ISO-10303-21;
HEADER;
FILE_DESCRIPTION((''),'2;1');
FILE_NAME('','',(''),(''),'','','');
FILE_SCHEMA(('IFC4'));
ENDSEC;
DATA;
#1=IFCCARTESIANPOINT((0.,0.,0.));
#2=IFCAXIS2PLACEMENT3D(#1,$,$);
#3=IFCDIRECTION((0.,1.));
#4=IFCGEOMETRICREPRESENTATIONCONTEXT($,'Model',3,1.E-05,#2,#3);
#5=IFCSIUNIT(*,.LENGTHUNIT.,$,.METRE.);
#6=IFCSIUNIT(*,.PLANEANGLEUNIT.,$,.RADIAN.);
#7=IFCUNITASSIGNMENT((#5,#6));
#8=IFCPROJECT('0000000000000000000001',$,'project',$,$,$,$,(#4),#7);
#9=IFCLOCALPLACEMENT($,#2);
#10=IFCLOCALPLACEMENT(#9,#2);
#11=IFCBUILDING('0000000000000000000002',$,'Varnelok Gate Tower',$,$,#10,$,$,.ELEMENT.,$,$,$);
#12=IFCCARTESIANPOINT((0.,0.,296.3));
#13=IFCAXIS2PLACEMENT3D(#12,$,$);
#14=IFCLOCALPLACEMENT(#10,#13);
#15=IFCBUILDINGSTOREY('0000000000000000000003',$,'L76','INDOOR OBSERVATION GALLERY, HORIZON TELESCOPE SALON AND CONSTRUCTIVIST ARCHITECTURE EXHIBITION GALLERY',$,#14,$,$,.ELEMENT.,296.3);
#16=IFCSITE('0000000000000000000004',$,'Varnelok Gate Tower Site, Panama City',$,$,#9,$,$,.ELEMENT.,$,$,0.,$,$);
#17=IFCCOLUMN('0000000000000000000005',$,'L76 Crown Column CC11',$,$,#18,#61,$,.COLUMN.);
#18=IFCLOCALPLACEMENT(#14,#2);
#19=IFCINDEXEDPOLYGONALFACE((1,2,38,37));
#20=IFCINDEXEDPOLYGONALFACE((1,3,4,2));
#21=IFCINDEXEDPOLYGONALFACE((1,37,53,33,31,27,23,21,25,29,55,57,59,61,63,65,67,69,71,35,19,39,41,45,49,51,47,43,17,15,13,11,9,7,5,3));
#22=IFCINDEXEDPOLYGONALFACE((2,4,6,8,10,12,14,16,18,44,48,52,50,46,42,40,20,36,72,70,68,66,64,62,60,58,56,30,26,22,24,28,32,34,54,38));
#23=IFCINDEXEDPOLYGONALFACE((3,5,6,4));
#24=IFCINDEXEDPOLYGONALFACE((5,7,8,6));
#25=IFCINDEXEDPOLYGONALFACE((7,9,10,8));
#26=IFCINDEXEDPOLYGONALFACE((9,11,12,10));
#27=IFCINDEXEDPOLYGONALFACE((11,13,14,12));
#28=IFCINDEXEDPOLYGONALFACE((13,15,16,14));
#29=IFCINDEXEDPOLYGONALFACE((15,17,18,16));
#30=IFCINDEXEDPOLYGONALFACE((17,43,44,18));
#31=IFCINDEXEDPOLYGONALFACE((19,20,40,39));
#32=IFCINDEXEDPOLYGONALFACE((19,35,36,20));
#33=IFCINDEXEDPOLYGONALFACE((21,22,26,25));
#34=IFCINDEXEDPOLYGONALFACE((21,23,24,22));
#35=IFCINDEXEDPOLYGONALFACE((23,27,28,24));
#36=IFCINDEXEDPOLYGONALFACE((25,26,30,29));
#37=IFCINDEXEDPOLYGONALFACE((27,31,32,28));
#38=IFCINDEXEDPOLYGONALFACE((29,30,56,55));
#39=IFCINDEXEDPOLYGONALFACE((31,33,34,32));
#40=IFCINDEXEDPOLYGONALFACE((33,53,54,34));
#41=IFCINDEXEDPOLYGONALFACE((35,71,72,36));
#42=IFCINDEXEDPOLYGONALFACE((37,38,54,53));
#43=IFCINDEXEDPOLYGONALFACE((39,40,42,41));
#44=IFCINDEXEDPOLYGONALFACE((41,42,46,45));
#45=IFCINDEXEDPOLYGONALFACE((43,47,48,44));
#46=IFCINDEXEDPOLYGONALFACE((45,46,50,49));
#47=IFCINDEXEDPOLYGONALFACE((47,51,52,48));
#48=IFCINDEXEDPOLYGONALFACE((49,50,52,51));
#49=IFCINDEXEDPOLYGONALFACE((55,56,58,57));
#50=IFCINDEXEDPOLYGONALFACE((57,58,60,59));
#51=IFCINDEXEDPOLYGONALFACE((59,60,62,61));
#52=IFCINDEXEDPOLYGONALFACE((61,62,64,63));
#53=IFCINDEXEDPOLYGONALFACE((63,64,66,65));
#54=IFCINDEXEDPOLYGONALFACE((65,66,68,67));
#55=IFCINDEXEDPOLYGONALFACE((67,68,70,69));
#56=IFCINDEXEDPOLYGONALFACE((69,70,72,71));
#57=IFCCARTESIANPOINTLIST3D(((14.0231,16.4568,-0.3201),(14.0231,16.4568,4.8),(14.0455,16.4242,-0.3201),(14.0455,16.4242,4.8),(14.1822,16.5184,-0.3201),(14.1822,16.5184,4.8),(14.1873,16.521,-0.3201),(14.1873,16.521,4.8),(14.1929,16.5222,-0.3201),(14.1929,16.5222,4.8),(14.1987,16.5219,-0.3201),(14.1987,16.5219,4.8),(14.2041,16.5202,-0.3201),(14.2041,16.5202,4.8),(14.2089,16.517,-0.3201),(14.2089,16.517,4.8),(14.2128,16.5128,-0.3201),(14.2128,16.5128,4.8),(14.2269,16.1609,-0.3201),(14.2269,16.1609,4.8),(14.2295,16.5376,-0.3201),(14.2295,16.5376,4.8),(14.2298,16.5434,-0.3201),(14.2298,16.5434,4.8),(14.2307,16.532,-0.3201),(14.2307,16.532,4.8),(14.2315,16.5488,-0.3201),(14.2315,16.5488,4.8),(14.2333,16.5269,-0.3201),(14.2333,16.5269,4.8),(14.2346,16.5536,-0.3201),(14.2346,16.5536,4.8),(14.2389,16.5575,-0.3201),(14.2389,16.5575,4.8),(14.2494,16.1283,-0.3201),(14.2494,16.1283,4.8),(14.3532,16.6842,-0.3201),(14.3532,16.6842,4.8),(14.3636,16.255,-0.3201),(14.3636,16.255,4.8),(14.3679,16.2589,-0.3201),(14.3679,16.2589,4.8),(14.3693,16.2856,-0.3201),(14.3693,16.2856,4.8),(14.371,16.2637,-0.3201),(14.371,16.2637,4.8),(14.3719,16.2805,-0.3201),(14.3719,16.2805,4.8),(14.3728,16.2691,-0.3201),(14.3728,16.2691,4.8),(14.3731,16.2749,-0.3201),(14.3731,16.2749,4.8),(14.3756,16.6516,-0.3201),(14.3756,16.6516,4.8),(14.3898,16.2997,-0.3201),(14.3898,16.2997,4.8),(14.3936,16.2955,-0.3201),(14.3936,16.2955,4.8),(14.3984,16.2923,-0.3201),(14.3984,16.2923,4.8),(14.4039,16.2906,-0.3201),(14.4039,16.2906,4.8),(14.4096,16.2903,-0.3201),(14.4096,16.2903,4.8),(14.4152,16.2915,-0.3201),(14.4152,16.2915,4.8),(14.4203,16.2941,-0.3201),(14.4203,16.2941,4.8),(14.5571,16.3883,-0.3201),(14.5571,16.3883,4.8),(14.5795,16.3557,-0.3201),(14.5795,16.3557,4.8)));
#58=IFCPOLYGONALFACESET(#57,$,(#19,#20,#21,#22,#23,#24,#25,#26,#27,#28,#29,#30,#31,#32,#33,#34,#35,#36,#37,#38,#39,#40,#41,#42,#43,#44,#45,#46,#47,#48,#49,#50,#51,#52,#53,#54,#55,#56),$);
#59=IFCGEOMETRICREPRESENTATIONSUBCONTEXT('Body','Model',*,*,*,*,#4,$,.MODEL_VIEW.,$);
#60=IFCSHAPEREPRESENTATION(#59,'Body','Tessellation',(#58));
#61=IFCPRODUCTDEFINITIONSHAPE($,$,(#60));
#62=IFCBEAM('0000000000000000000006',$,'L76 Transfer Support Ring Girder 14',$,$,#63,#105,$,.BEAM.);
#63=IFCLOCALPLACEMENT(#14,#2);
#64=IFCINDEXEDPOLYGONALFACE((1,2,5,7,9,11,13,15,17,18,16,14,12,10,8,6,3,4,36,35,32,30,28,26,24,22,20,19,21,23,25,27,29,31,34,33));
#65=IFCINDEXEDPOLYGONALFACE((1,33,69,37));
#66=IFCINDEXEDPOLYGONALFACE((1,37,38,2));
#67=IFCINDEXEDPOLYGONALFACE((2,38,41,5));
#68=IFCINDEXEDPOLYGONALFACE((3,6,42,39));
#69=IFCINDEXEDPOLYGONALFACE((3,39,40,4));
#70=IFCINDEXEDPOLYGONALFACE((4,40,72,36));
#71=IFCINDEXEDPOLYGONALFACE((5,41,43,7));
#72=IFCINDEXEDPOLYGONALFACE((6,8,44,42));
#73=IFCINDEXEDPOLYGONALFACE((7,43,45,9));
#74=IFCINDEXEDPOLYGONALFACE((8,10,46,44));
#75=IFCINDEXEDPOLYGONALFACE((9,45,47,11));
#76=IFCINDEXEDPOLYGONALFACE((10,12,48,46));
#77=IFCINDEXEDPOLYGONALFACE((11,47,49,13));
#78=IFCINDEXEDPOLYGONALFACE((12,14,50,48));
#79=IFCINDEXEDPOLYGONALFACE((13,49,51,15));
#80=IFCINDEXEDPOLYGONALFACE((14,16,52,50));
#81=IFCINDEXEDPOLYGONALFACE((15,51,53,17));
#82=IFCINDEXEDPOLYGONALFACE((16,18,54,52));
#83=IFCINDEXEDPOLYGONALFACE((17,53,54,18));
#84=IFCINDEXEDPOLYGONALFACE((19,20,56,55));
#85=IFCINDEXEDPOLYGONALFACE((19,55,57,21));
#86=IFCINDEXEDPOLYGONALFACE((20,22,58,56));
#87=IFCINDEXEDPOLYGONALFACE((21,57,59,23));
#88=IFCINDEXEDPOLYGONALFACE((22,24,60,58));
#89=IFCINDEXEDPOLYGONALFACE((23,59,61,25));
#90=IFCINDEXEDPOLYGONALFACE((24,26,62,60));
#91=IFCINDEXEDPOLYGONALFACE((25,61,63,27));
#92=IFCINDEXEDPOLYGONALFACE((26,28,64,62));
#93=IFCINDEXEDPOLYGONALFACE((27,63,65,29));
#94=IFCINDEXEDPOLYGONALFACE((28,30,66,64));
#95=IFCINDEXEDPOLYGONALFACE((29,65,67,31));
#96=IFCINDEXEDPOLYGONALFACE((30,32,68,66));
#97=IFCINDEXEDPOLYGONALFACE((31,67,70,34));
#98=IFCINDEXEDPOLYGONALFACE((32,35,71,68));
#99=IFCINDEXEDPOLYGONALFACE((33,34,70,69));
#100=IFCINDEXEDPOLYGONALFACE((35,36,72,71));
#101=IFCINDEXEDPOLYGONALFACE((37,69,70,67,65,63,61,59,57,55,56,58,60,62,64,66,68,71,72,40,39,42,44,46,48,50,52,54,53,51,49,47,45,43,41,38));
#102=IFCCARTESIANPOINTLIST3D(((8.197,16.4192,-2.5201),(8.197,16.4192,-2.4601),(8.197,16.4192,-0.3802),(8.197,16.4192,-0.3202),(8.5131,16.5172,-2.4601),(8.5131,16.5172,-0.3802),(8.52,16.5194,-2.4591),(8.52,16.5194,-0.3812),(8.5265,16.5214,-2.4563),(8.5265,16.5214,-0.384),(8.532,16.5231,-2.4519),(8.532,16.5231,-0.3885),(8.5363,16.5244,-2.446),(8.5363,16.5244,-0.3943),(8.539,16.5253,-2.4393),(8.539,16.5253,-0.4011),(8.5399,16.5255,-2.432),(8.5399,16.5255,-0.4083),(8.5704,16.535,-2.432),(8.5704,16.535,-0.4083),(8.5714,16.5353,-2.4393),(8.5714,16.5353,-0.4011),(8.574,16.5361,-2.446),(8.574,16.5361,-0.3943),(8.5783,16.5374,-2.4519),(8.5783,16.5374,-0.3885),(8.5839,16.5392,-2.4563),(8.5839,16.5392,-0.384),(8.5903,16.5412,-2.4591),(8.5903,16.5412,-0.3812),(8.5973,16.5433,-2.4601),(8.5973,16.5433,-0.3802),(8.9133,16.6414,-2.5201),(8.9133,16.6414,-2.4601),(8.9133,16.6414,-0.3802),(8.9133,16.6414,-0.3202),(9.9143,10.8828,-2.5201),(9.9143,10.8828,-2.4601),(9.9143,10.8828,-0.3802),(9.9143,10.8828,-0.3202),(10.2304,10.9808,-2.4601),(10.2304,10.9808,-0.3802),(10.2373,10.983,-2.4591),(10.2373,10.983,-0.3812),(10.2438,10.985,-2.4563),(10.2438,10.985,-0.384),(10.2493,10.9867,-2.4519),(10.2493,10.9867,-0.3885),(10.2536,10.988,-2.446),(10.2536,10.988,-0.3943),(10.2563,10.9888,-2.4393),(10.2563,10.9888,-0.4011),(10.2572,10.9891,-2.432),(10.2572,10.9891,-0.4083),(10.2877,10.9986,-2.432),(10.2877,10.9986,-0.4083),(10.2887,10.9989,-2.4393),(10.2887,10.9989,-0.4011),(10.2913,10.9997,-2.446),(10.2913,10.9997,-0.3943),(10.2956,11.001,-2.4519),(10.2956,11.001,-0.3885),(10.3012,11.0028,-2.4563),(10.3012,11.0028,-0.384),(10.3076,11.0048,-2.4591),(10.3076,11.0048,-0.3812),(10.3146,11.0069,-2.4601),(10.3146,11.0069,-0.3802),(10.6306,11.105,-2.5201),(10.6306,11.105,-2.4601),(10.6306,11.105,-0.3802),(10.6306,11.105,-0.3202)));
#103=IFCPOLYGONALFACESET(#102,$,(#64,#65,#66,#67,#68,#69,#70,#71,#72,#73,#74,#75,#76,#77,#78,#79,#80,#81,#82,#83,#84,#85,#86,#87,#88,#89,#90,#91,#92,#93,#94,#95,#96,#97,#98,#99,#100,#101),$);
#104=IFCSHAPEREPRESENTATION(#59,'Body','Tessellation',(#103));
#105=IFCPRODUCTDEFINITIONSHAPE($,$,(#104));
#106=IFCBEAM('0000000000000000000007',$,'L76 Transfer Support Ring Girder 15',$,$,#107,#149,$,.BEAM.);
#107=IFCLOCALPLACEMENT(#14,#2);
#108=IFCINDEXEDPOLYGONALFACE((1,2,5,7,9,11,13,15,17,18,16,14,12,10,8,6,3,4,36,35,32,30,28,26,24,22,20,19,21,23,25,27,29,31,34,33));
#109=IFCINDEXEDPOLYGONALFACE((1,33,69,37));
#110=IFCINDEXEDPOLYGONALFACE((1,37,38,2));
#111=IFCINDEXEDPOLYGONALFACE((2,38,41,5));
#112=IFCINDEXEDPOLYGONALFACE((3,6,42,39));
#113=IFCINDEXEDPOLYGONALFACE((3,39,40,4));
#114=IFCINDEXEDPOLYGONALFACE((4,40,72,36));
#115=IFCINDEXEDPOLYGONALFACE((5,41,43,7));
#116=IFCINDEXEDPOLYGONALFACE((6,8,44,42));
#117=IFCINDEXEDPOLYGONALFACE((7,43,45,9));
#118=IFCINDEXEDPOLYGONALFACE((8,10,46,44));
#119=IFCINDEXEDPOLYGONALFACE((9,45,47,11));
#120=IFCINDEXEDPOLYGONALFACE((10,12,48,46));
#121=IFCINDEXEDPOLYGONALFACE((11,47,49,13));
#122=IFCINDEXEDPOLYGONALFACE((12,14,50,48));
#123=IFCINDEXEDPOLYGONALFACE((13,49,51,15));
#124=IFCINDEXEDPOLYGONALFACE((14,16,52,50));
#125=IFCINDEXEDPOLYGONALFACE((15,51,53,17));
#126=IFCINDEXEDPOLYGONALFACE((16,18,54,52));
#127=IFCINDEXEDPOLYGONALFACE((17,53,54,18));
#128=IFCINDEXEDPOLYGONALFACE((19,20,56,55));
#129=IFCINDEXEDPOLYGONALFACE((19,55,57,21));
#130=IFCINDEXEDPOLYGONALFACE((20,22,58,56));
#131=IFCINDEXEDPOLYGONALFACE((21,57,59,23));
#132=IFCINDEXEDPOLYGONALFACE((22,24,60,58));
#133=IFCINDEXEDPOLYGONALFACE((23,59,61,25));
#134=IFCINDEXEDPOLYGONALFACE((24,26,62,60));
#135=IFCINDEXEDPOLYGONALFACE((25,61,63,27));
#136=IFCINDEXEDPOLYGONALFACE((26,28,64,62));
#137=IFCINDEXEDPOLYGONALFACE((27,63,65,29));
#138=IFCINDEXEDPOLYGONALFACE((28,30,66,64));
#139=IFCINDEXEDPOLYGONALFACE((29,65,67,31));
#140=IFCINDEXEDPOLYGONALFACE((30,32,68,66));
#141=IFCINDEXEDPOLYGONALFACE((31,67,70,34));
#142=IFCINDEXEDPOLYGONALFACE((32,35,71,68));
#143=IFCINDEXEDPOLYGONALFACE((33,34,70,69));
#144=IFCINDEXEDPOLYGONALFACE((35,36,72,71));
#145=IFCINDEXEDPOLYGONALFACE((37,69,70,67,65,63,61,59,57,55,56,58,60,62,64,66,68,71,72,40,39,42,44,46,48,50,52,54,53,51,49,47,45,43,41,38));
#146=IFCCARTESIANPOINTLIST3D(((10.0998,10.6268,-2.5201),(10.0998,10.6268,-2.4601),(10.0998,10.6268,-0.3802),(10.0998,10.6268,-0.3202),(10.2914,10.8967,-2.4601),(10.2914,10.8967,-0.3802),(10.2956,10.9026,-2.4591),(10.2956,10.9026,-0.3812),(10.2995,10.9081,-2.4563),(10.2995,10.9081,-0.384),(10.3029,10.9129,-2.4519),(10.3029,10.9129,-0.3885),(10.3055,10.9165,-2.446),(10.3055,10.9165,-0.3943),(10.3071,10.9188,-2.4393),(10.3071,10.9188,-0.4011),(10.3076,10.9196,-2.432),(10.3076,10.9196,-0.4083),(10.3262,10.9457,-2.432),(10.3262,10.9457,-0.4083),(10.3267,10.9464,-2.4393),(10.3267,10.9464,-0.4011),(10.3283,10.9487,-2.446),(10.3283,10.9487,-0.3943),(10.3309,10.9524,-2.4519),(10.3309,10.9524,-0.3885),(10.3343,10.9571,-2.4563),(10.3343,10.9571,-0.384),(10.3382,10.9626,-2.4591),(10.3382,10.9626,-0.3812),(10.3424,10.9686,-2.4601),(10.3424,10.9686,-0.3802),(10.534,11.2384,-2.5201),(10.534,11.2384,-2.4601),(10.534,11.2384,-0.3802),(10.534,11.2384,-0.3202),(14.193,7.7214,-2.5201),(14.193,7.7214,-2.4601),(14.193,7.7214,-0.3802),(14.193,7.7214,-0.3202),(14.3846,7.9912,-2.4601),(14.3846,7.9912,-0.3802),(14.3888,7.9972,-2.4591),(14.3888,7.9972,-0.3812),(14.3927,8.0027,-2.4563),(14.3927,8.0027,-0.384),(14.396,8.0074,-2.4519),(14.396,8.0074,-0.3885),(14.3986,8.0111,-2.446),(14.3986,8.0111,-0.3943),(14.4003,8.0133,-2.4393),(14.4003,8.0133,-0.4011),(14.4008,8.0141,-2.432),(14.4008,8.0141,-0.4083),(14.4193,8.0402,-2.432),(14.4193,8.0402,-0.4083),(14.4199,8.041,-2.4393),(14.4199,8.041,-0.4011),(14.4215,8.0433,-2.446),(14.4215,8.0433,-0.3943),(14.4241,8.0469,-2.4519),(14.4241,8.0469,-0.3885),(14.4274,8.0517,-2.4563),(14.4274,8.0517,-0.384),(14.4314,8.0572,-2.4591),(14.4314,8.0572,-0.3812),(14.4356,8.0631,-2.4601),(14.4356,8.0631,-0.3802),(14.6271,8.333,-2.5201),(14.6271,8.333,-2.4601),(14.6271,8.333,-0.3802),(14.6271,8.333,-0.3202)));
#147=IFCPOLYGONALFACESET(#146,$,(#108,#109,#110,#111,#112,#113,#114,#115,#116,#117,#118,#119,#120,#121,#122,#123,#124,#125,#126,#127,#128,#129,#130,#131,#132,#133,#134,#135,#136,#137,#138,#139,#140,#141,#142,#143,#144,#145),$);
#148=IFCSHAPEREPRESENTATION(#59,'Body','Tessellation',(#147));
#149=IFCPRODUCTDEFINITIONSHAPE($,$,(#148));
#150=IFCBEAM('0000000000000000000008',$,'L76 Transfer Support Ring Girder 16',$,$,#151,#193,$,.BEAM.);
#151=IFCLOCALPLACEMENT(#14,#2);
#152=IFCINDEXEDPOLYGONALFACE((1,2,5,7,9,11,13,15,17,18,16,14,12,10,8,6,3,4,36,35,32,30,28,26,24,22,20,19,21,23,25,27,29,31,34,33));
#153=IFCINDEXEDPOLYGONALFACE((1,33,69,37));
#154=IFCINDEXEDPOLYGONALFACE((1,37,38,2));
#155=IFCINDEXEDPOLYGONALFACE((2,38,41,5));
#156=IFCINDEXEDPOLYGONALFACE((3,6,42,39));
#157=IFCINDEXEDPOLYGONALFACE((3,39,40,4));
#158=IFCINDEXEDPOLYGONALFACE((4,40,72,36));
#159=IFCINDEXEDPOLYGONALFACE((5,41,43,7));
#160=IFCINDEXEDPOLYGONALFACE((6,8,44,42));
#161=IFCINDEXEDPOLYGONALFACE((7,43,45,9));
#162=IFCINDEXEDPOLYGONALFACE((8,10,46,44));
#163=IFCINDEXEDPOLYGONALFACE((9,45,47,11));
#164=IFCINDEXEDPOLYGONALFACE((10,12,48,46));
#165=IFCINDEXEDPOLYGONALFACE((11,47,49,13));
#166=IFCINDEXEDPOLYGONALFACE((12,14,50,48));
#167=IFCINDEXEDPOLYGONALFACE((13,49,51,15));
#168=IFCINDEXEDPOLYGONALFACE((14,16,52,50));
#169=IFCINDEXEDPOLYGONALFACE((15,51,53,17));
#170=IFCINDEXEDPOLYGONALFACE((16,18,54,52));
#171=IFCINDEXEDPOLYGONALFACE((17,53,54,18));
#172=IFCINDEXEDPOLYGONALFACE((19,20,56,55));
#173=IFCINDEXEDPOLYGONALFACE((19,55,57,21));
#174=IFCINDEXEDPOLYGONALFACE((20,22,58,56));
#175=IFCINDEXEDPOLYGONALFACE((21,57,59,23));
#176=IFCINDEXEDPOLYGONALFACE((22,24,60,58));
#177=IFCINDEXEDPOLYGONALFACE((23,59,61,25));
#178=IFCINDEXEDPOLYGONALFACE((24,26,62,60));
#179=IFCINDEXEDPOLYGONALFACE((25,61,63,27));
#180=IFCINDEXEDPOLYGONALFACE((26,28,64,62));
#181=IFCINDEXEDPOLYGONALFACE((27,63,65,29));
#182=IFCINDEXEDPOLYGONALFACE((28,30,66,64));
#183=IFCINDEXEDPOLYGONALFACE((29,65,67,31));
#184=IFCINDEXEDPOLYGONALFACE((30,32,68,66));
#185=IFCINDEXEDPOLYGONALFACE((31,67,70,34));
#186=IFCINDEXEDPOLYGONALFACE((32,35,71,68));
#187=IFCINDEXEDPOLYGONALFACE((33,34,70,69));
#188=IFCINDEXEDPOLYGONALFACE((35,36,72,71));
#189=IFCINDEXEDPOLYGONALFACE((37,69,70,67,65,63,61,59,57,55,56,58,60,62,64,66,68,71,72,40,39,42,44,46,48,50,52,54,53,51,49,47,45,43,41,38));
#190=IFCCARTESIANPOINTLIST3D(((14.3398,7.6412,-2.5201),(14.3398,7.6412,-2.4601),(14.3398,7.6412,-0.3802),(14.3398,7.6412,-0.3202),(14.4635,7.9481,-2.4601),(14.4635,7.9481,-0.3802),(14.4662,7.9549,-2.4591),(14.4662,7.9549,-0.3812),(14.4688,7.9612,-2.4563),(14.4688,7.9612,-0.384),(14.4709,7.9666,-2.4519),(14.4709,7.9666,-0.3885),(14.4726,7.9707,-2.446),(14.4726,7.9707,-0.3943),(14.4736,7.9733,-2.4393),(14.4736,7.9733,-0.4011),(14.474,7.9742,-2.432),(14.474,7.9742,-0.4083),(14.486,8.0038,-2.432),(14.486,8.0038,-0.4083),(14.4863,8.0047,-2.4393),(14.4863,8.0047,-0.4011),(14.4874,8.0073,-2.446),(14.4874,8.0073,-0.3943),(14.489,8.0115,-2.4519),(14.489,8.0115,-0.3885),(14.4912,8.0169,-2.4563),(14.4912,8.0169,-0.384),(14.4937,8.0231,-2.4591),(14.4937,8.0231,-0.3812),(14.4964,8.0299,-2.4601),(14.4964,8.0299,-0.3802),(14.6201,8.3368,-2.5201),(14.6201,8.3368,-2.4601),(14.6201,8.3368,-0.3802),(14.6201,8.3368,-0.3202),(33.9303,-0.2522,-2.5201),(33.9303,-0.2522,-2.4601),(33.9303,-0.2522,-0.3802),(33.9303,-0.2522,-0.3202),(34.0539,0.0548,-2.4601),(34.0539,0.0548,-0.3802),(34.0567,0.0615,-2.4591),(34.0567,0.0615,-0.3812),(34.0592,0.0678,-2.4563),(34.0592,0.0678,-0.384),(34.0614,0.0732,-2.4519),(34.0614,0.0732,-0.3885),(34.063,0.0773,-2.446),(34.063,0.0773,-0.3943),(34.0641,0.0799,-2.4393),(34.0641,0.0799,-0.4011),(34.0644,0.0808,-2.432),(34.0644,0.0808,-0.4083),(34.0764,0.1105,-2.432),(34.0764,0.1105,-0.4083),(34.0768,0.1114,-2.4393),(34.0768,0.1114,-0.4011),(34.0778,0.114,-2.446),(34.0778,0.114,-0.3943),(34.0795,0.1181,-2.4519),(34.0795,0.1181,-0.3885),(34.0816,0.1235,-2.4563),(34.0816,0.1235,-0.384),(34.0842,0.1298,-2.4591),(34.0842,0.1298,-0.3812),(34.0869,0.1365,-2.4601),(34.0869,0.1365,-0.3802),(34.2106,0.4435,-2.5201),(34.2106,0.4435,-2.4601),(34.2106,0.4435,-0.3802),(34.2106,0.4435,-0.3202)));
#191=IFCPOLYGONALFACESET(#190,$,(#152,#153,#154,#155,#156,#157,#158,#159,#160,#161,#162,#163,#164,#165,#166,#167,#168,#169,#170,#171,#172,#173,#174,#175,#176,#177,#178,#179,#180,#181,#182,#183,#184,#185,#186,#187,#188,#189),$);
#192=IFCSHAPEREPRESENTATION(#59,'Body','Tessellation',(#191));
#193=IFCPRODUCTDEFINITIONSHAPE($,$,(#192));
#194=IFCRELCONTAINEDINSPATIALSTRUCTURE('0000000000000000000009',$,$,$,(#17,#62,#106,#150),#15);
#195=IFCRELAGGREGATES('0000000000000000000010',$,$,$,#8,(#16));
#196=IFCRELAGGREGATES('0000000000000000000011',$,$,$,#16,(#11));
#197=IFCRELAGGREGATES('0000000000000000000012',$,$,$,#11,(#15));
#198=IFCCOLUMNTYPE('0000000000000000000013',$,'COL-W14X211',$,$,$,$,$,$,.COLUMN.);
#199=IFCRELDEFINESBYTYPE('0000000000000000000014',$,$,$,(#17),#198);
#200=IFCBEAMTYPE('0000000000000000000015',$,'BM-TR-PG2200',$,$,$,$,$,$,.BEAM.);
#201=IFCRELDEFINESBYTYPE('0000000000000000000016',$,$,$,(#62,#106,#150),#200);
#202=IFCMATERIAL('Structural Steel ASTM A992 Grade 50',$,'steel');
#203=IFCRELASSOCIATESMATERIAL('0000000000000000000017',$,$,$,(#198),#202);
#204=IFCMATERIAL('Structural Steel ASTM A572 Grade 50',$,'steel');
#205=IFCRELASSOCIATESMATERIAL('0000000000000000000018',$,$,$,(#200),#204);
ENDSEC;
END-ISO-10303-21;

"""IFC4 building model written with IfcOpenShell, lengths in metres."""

from ifc_helpers import new_model, si_unit, direction, frame, origin, origin_2d, place, context, subcontext, project, spatial, i_section, extrude, material, material_profile, profile_set, type_object, element, save


model = new_model("IFC4")

# Units and contexts
model_context = context("Model", 3, precision=1e-05, world=origin(), true_north=direction((0.0, 1.0)))
body_context = subcontext(model_context, "Body", "Model", "MODEL_VIEW")
ifc_project = project(units=[si_unit("LENGTHUNIT", "METRE"), si_unit("PLANEANGLEUNIT", "RADIAN")], contexts=[model_context])

# Site, building, storey
site_placement = place(None, origin())
site = spatial("IfcSite", under=ifc_project, at=site_placement, Name="Varnelok Gate Tower Site, Panama City", CompositionType="ELEMENT", RefElevation=0.0)
building_placement = place(site_placement, origin())
building = spatial("IfcBuilding", under=site, at=building_placement, Name="Varnelok Gate Tower", CompositionType="ELEMENT")
storey_placement = place(building_placement, frame((0.0, 0.0, 296.3)))
storey = spatial("IfcBuildingStorey", under=building, at=storey_placement, Name="L76", Description="INDOOR OBSERVATION GALLERY, HORIZON TELESCOPE SALON AND CONSTRUCTIVIST ARCHITECTURE EXHIBITION GALLERY", CompositionType="ELEMENT", Elevation=296.3)

# Column
ifc_material_1 = material(Name="Structural Steel ASTM A992 Grade 50", Category="steel")
ifc_material_profile_1 = material_profile(ifc_material_1, i_section(OverallWidth=0.4009, OverallDepth=0.3989, WebThickness=0.0249, FlangeThickness=0.0396, FilletRadius=0.022, at=origin_2d()), Name="W14X211")
ifc_profile_set_1 = profile_set([ifc_material_profile_1], Name="Structural Steel ASTM A992 Grade 50")
column_type = type_object("IfcColumnType", Name="COL-W14X211", PredefinedType="COLUMN", material=ifc_profile_set_1)
column_placement = place(storey_placement, frame((14.3013, 16.4062, -0.3201), z_axis=(0.0, 0.0, 1.0), x_axis=(0.823533, 0.567269, 0.0)))
element("IfcColumn", 1, at=column_placement, inside=storey, type_object=column_type, Name="L76 Crown Column CC11", PredefinedType="COLUMN", context=body_context, shape_type="SweptSolid", body=[
    extrude(i_section(OverallWidth=0.4009, OverallDepth=0.3989, WebThickness=0.0249, FlangeThickness=0.0396, FilletRadius=0.022, at=origin_2d()), origin(), (0.0, 0.0, 1.0), 5.1201),
])

# Beams
ifc_material_2 = material(Name="Structural Steel ASTM A572 Grade 50", Category="steel")
ifc_material_profile_2 = material_profile(ifc_material_2, i_section(OverallWidth=0.75, OverallDepth=2.2, WebThickness=0.032, FlangeThickness=0.0601, FilletRadius=0.0281, at=origin_2d()), Name="PG2200X750")
ifc_profile_set_2 = profile_set([ifc_material_profile_2], Name="Structural Steel ASTM A572 Grade 50")
beam_type = type_object("IfcBeamType", Name="BM-TR-PG2200", PredefinedType="BEAM", material=ifc_profile_set_2)
beam_1_placement = place(storey_placement, frame((8.5552, 16.5303, -1.4202), z_axis=(0.296257, -0.955108, 0.0), x_axis=(0.955108, 0.296257, 0.0)))
element("IfcBeam", 2, at=beam_1_placement, inside=storey, type_object=beam_type, Name="L76 Transfer Support Ring Girder 14", PredefinedType="BEAM", context=body_context, shape_type="SweptSolid", body=[
    extrude(i_section(OverallWidth=0.75, OverallDepth=2.2, WebThickness=0.032, FlangeThickness=0.0601, FilletRadius=0.0281, at=origin_2d()), origin(), (0.0, 0.0, 1.0), 5.7966),
])
beam_2_placement = place(storey_placement, frame((10.3169, 10.9326, -1.4202), z_axis=(0.815449, -0.578829, 0.0), x_axis=(0.578829, 0.815449, 0.0)))
element("IfcBeam", 3, at=beam_2_placement, inside=storey, type_object=beam_type, Name="L76 Transfer Support Ring Girder 15", PredefinedType="BEAM", context=body_context, shape_type="SweptSolid", body=[
    extrude(i_section(OverallWidth=0.75, OverallDepth=2.2, WebThickness=0.032, FlangeThickness=0.0601, FilletRadius=0.0281, at=origin_2d()), origin(), (0.0, 0.0, 1.0), 5.0195),
])
beam_3_placement = place(storey_placement, frame((14.48, 7.989, -1.4202), z_axis=(0.92754, -0.373723, 0.0), x_axis=(0.373723, 0.92754, 0.0)))
element("IfcBeam", 4, at=beam_3_placement, inside=storey, type_object=beam_type, Name="L76 Transfer Support Ring Girder 16", PredefinedType="BEAM", context=body_context, shape_type="SweptSolid", body=[
    extrude(i_section(OverallWidth=0.75, OverallDepth=2.2, WebThickness=0.032, FlangeThickness=0.0601, FilletRadius=0.0281, at=origin_2d()), origin(), (0.0, 0.0, 1.0), 21.1208),
])

save(model, "model.ifc")
